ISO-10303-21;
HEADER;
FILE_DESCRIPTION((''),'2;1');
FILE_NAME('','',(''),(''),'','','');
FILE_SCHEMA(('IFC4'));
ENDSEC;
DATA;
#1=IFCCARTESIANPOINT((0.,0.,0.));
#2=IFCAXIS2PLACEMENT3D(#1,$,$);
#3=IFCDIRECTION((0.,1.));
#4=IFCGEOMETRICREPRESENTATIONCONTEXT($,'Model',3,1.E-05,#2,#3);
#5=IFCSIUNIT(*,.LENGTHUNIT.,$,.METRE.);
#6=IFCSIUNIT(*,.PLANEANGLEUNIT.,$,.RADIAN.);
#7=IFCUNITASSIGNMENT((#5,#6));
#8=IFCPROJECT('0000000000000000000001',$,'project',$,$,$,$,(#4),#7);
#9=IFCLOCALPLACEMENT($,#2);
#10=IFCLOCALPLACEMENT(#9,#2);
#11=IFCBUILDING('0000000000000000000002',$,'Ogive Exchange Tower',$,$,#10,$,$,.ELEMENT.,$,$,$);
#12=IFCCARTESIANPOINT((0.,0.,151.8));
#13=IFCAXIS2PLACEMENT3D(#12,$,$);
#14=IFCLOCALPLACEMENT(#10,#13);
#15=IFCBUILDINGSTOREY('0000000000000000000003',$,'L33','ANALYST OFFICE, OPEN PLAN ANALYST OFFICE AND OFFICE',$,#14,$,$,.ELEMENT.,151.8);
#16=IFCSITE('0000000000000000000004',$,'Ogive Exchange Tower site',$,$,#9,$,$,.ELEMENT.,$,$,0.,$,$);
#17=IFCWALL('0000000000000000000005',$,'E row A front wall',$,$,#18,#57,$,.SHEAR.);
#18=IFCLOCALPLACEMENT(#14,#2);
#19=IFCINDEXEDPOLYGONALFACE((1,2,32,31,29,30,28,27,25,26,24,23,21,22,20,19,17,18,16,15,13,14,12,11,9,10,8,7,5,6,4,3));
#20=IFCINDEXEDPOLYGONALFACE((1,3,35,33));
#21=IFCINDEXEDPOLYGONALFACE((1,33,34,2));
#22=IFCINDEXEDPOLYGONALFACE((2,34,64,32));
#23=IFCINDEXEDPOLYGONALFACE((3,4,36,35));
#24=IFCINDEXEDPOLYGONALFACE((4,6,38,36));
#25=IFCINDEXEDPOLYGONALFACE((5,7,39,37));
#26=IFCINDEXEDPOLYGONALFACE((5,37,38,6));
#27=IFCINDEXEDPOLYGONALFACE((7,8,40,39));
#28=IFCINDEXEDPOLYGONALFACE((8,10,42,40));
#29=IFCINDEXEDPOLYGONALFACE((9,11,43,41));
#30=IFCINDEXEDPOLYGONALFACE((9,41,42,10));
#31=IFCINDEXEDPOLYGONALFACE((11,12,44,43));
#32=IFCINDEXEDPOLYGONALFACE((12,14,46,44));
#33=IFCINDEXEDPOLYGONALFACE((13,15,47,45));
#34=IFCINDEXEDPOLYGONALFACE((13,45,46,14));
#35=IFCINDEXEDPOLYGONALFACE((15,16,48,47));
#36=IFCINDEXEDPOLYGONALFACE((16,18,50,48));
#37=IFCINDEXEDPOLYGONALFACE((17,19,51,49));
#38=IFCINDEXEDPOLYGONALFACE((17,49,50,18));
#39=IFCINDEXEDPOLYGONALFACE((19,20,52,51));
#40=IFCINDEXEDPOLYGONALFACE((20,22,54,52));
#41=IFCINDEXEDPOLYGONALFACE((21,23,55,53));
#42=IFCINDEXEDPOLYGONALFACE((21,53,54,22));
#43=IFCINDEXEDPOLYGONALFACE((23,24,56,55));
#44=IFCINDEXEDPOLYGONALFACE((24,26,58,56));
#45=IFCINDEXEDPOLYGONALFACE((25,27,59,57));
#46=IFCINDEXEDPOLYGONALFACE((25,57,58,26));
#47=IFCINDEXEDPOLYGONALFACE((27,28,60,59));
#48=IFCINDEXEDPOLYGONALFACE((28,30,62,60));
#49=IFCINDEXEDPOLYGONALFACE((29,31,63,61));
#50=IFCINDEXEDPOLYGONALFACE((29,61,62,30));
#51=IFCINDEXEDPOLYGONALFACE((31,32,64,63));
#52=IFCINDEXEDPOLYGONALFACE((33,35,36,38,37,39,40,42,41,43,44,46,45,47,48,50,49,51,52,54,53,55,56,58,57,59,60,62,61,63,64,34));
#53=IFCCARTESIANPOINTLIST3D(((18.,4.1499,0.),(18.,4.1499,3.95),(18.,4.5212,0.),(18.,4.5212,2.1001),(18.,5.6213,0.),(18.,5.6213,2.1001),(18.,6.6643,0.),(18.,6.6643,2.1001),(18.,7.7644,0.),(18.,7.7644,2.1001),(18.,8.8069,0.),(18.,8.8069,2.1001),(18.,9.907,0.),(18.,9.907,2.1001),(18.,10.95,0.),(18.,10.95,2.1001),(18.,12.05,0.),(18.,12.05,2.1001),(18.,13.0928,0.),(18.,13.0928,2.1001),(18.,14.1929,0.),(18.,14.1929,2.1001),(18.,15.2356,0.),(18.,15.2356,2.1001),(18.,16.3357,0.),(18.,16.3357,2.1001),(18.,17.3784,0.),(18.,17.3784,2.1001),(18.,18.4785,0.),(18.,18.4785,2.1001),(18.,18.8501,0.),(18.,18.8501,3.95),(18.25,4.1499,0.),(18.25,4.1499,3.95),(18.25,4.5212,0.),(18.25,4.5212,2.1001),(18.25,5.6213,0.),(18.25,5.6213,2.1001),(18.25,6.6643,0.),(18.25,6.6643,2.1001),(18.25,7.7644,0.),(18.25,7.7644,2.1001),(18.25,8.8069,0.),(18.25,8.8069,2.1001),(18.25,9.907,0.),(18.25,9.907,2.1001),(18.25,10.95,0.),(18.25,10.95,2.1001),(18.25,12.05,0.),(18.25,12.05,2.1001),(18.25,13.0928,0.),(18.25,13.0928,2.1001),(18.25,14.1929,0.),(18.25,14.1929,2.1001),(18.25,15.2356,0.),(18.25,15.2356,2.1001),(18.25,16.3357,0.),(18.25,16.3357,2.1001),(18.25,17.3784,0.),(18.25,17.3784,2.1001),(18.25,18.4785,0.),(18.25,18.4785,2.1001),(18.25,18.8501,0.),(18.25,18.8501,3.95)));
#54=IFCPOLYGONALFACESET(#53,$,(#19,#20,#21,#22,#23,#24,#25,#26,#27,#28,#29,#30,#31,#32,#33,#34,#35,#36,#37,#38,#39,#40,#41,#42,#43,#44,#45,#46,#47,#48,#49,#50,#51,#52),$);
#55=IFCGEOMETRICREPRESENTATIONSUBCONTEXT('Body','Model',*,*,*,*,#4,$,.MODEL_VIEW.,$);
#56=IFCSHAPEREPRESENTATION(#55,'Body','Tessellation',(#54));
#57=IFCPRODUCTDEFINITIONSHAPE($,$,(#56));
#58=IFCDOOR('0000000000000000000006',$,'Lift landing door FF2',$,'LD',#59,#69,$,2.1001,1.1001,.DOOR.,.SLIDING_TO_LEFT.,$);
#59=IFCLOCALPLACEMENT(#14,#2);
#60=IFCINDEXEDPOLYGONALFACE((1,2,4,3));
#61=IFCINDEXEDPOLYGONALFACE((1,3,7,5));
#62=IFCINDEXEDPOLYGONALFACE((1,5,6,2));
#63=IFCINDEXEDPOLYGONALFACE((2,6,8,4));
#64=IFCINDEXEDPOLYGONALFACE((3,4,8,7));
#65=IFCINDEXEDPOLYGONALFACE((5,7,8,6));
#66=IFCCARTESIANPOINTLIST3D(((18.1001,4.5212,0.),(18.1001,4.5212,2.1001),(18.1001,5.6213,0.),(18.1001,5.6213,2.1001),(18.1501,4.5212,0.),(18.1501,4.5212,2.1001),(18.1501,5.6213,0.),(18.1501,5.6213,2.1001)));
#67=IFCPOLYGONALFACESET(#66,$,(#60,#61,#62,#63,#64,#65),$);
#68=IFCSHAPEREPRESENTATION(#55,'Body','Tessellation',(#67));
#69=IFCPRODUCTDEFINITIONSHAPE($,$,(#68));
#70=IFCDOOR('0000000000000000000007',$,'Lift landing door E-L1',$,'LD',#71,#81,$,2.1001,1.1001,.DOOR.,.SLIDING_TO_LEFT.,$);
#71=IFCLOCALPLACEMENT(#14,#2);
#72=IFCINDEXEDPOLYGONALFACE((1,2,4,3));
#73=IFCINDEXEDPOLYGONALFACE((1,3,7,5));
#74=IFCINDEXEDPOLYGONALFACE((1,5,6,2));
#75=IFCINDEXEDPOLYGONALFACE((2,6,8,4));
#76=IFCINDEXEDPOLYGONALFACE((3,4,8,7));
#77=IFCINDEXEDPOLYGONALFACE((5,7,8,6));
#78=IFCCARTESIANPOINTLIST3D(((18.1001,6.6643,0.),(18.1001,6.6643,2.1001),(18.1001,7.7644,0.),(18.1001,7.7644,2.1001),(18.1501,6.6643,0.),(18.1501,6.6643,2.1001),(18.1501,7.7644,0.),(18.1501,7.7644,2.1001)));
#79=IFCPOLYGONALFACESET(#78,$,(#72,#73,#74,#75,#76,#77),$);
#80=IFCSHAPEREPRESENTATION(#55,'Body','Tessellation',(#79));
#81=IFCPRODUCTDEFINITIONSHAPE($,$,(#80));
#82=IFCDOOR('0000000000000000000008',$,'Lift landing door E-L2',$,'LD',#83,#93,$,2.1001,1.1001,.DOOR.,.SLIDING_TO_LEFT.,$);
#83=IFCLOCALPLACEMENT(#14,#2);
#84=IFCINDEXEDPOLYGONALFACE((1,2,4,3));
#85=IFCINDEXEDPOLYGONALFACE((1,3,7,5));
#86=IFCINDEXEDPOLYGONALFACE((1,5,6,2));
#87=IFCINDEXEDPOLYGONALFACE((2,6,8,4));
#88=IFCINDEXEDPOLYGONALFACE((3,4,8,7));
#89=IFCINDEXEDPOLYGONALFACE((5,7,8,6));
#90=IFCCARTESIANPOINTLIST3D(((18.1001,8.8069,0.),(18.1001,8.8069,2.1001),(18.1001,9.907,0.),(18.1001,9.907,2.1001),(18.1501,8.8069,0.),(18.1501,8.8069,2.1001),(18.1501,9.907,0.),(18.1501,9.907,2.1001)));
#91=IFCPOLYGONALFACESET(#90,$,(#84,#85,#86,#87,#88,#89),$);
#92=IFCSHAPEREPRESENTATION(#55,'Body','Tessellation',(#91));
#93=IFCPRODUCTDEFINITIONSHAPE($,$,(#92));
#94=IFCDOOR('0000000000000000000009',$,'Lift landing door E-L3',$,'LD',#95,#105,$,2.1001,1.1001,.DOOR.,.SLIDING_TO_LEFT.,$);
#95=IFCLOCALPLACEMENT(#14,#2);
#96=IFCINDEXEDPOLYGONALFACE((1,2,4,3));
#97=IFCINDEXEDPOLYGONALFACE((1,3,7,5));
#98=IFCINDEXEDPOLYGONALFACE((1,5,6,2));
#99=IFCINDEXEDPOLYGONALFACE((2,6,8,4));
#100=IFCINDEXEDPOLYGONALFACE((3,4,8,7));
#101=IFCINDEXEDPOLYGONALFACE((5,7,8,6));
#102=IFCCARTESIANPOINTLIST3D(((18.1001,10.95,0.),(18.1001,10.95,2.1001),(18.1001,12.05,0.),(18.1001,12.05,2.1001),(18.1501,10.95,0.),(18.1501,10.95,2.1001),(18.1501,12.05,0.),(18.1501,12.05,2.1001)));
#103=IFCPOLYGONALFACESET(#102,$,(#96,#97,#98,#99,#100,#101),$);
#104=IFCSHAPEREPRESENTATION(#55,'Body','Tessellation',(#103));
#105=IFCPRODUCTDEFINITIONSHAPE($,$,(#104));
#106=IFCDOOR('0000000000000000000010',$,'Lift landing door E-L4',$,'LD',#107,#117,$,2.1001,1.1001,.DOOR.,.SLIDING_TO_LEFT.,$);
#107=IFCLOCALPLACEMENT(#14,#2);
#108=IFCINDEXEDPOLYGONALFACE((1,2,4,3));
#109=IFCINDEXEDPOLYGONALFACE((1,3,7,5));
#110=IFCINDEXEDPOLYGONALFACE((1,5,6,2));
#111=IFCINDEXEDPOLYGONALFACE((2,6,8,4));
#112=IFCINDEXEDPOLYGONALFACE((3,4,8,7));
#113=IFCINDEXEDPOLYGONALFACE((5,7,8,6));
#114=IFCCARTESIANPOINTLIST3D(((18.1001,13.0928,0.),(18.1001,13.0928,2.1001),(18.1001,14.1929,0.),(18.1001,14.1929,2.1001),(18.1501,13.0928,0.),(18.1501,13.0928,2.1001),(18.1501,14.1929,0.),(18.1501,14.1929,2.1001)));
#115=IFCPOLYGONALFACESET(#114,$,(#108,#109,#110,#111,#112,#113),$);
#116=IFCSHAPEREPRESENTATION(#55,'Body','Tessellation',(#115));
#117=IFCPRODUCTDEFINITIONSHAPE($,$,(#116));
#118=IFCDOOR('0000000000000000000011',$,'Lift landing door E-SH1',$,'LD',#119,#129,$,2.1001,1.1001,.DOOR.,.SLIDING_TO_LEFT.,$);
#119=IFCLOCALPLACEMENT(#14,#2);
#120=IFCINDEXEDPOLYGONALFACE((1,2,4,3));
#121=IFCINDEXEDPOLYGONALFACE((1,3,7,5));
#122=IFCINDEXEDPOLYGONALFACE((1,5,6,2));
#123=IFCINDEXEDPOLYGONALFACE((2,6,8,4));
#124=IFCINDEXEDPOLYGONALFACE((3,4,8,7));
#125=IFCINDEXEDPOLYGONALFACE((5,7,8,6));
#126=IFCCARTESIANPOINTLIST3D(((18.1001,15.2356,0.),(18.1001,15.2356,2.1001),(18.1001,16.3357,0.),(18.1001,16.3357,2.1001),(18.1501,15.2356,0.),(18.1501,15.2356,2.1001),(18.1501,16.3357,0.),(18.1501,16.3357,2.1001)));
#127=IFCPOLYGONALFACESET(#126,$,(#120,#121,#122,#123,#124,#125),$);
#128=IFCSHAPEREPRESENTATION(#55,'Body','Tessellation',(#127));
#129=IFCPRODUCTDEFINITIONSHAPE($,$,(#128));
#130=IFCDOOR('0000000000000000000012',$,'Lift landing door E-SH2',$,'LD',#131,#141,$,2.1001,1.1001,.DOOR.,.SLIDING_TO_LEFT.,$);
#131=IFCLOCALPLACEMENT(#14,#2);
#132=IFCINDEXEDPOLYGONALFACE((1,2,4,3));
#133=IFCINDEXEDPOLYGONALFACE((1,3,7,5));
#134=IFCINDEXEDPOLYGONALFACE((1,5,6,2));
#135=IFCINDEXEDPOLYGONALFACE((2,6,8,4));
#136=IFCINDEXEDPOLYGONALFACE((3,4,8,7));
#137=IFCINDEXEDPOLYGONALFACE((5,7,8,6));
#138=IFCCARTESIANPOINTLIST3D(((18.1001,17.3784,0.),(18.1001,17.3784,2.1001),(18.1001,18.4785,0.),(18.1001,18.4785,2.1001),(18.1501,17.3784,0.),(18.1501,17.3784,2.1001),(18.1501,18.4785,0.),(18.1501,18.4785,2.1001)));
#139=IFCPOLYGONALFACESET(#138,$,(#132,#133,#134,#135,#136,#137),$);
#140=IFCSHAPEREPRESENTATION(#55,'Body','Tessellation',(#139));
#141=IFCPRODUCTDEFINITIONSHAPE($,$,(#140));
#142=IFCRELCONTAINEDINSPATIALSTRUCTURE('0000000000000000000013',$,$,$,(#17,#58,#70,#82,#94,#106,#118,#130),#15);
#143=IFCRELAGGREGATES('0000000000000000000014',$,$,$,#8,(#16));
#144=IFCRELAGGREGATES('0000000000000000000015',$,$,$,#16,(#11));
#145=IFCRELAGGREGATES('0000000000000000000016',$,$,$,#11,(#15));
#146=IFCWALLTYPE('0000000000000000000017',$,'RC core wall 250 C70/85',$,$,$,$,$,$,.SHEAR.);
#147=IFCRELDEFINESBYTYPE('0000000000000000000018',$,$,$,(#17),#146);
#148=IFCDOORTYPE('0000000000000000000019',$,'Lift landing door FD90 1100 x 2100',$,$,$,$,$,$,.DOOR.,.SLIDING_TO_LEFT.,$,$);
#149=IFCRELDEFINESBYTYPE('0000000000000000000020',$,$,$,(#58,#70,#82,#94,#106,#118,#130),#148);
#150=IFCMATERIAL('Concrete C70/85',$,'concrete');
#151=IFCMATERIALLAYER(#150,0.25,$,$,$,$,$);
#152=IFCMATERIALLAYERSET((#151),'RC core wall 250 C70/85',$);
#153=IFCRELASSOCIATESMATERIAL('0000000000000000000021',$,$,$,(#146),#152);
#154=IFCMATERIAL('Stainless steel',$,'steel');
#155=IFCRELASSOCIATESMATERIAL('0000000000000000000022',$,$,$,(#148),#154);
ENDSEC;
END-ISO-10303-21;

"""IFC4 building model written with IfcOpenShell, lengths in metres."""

from ifc_helpers import new_model, si_unit, direction, frame, frame_2d, origin, place, context, subcontext, project, spatial, rectangle, extrude, material, layer, layer_set, type_object, element, fill, save


model = new_model("IFC4")

# Units and contexts
model_context = context("Model", 3, precision=1e-05, world=origin(), true_north=direction((0.0, 1.0)))
body_context = subcontext(model_context, "Body", "Model", "MODEL_VIEW")
ifc_project = project(units=[si_unit("LENGTHUNIT", "METRE"), si_unit("PLANEANGLEUNIT", "RADIAN")], contexts=[model_context])

# Site, building, storey
site_placement = place(None, origin())
site = spatial("IfcSite", under=ifc_project, at=site_placement, Name="Ogive Exchange Tower site", CompositionType="ELEMENT", RefElevation=0.0)
building_placement = place(site_placement, origin())
building = spatial("IfcBuilding", under=site, at=building_placement, Name="Ogive Exchange Tower", CompositionType="ELEMENT")
storey_placement = place(building_placement, frame((0.0, 0.0, 151.8)))
storey = spatial("IfcBuildingStorey", under=building, at=storey_placement, Name="L33", Description="ANALYST OFFICE, OPEN PLAN ANALYST OFFICE AND OFFICE", CompositionType="ELEMENT", Elevation=151.8)

# Shared definitions
ifc_material_1 = material(Name="Concrete C70/85", Category="concrete")
ifc_layer_1 = layer(ifc_material_1, 0.25)
ifc_layer_set_1 = layer_set([ifc_layer_1], Name="RC core wall 250 C70/85")
wall_type_1 = type_object("IfcWallType", Name="RC core wall 250 C70/85", PredefinedType="SHEAR", material=ifc_layer_set_1)

# Wall, openings, doors
wall_1_placement = place(storey_placement, frame((18.125, 4.1499, 0.0), z_axis=(0.0, 0.0, 1.0), x_axis=(0.0, 1.0, 0.0)))
wall_1 = element("IfcWall", 1, at=wall_1_placement, inside=storey, type_object=wall_type_1, Name="E row A front wall", PredefinedType="SHEAR", context=body_context, shape_type="SweptSolid", body=[
    extrude(rectangle(XDim=14.7002, YDim=0.25, at=frame_2d((7.3501, 0.0))), origin(), (0.0, 0.0, 1.0), 3.95),
])
opening_1_placement = place(wall_1_placement, frame((0.3713, 0.0, 0.0)))
opening_1 = element("IfcOpeningElement", 2, at=opening_1_placement, cuts=wall_1, PredefinedType="OPENING", context=body_context, shape_type="SweptSolid", body=[
    extrude(rectangle(XDim=1.1001, YDim=2.1001, at=frame_2d((0.55, 1.05))), frame((0.0, 0.135, 0.0), z_axis=(0.0, -1.0, 0.0), x_axis=(1.0, 0.0, 0.0)), (0.0, 0.0, 1.0), 0.27),
])
opening_2_placement = place(wall_1_placement, frame((2.5144, 0.0, 0.0)))
opening_2 = element("IfcOpeningElement", 3, at=opening_2_placement, cuts=wall_1, PredefinedType="OPENING", context=body_context, shape_type="SweptSolid", body=[
    extrude(rectangle(XDim=1.1001, YDim=2.1001, at=frame_2d((0.55, 1.05))), frame((0.0, 0.135, 0.0), z_axis=(0.0, -1.0, 0.0), x_axis=(1.0, 0.0, 0.0)), (0.0, 0.0, 1.0), 0.27),
])
opening_3_placement = place(wall_1_placement, frame((4.657, 0.0, 0.0)))
opening_3 = element("IfcOpeningElement", 4, at=opening_3_placement, cuts=wall_1, PredefinedType="OPENING", context=body_context, shape_type="SweptSolid", body=[
    extrude(rectangle(XDim=1.1001, YDim=2.1001, at=frame_2d((0.55, 1.05))), frame((0.0, 0.135, 0.0), z_axis=(0.0, -1.0, 0.0), x_axis=(1.0, 0.0, 0.0)), (0.0, 0.0, 1.0), 0.27),
])
opening_4_placement = place(wall_1_placement, frame((6.8, 0.0, 0.0)))
opening_4 = element("IfcOpeningElement", 5, at=opening_4_placement, cuts=wall_1, PredefinedType="OPENING", context=body_context, shape_type="SweptSolid", body=[
    extrude(rectangle(XDim=1.1001, YDim=2.1001, at=frame_2d((0.55, 1.05))), frame((0.0, 0.135, 0.0), z_axis=(0.0, -1.0, 0.0), x_axis=(1.0, 0.0, 0.0)), (0.0, 0.0, 1.0), 0.27),
])
opening_5_placement = place(wall_1_placement, frame((8.9429, 0.0, 0.0)))
opening_5 = element("IfcOpeningElement", 6, at=opening_5_placement, cuts=wall_1, PredefinedType="OPENING", context=body_context, shape_type="SweptSolid", body=[
    extrude(rectangle(XDim=1.1001, YDim=2.1001, at=frame_2d((0.55, 1.05))), frame((0.0, 0.135, 0.0), z_axis=(0.0, -1.0, 0.0), x_axis=(1.0, 0.0, 0.0)), (0.0, 0.0, 1.0), 0.27),
])
opening_6_placement = place(wall_1_placement, frame((11.0857, 0.0, 0.0)))
opening_6 = element("IfcOpeningElement", 7, at=opening_6_placement, cuts=wall_1, PredefinedType="OPENING", context=body_context, shape_type="SweptSolid", body=[
    extrude(rectangle(XDim=1.1001, YDim=2.1001, at=frame_2d((0.55, 1.05))), frame((0.0, 0.135, 0.0), z_axis=(0.0, -1.0, 0.0), x_axis=(1.0, 0.0, 0.0)), (0.0, 0.0, 1.0), 0.27),
])
opening_7_placement = place(wall_1_placement, frame((13.2285, 0.0, 0.0)))
opening_7 = element("IfcOpeningElement", 8, at=opening_7_placement, cuts=wall_1, PredefinedType="OPENING", context=body_context, shape_type="SweptSolid", body=[
    extrude(rectangle(XDim=1.1001, YDim=2.1001, at=frame_2d((0.55, 1.05))), frame((0.0, 0.135, 0.0), z_axis=(0.0, -1.0, 0.0), x_axis=(1.0, 0.0, 0.0)), (0.0, 0.0, 1.0), 0.27),
])
ifc_material_2 = material(Name="Stainless steel", Category="steel")
door_type_1 = type_object("IfcDoorType", Name="Lift landing door FD90 1100 x 2100", OperationType="SLIDING_TO_LEFT", PredefinedType="DOOR", material=ifc_material_2)
door_1_placement = place(opening_1_placement, origin())
door_1 = element("IfcDoor", 9, at=door_1_placement, inside=storey, type_object=door_type_1, Name="Lift landing door FF2", ObjectType="LD", OperationType="SLIDING_TO_LEFT", OverallHeight=2.1001, OverallWidth=1.1001, PredefinedType="DOOR", context=body_context, shape_type="SweptSolid", body=[
    extrude(rectangle(XDim=1.1001, YDim=2.1001, at=frame_2d((0.55, 1.05))), frame((0.0, 0.0249, 0.0), z_axis=(0.0, -1.0, 0.0), x_axis=(1.0, 0.0, 0.0)), (0.0, 0.0, 1.0), 0.05),
])
fill(opening_1, door_1)
door_2_placement = place(opening_2_placement, origin())
door_2 = element("IfcDoor", 10, at=door_2_placement, inside=storey, type_object=door_type_1, Name="Lift landing door E-L1", ObjectType="LD", OperationType="SLIDING_TO_LEFT", OverallHeight=2.1001, OverallWidth=1.1001, PredefinedType="DOOR", context=body_context, shape_type="SweptSolid", body=[
    extrude(rectangle(XDim=1.1001, YDim=2.1001, at=frame_2d((0.55, 1.05))), frame((0.0, 0.0249, 0.0), z_axis=(0.0, -1.0, 0.0), x_axis=(1.0, 0.0, 0.0)), (0.0, 0.0, 1.0), 0.05),
])
fill(opening_2, door_2)
door_3_placement = place(opening_3_placement, origin())
door_3 = element("IfcDoor", 11, at=door_3_placement, inside=storey, type_object=door_type_1, Name="Lift landing door E-L2", ObjectType="LD", OperationType="SLIDING_TO_LEFT", OverallHeight=2.1001, OverallWidth=1.1001, PredefinedType="DOOR", context=body_context, shape_type="SweptSolid", body=[
    extrude(rectangle(XDim=1.1001, YDim=2.1001, at=frame_2d((0.55, 1.05))), frame((0.0, 0.0249, 0.0), z_axis=(0.0, -1.0, 0.0), x_axis=(1.0, 0.0, 0.0)), (0.0, 0.0, 1.0), 0.05),
])
fill(opening_3, door_3)
door_4_placement = place(opening_4_placement, origin())
door_4 = element("IfcDoor", 12, at=door_4_placement, inside=storey, type_object=door_type_1, Name="Lift landing door E-L3", ObjectType="LD", OperationType="SLIDING_TO_LEFT", OverallHeight=2.1001, OverallWidth=1.1001, PredefinedType="DOOR", context=body_context, shape_type="SweptSolid", body=[
    extrude(rectangle(XDim=1.1001, YDim=2.1001, at=frame_2d((0.55, 1.05))), frame((0.0, 0.0249, 0.0), z_axis=(0.0, -1.0, 0.0), x_axis=(1.0, 0.0, 0.0)), (0.0, 0.0, 1.0), 0.05),
])
fill(opening_4, door_4)
door_5_placement = place(opening_5_placement, origin())
door_5 = element("IfcDoor", 13, at=door_5_placement, inside=storey, type_object=door_type_1, Name="Lift landing door E-L4", ObjectType="LD", OperationType="SLIDING_TO_LEFT", OverallHeight=2.1001, OverallWidth=1.1001, PredefinedType="DOOR", context=body_context, shape_type="SweptSolid", body=[
    extrude(rectangle(XDim=1.1001, YDim=2.1001, at=frame_2d((0.55, 1.05))), frame((0.0, 0.0249, 0.0), z_axis=(0.0, -1.0, 0.0), x_axis=(1.0, 0.0, 0.0)), (0.0, 0.0, 1.0), 0.05),
])
fill(opening_5, door_5)
door_6_placement = place(opening_6_placement, origin())
door_6 = element("IfcDoor", 14, at=door_6_placement, inside=storey, type_object=door_type_1, Name="Lift landing door E-SH1", ObjectType="LD", OperationType="SLIDING_TO_LEFT", OverallHeight=2.1001, OverallWidth=1.1001, PredefinedType="DOOR", context=body_context, shape_type="SweptSolid", body=[
    extrude(rectangle(XDim=1.1001, YDim=2.1001, at=frame_2d((0.55, 1.05))), frame((0.0, 0.0249, 0.0), z_axis=(0.0, -1.0, 0.0), x_axis=(1.0, 0.0, 0.0)), (0.0, 0.0, 1.0), 0.05),
])
fill(opening_6, door_6)
door_7_placement = place(opening_7_placement, origin())
door_7 = element("IfcDoor", 15, at=door_7_placement, inside=storey, type_object=door_type_1, Name="Lift landing door E-SH2", ObjectType="LD", OperationType="SLIDING_TO_LEFT", OverallHeight=2.1001, OverallWidth=1.1001, PredefinedType="DOOR", context=body_context, shape_type="SweptSolid", body=[
    extrude(rectangle(XDim=1.1001, YDim=2.1001, at=frame_2d((0.55, 1.05))), frame((0.0, 0.0249, 0.0), z_axis=(0.0, -1.0, 0.0), x_axis=(1.0, 0.0, 0.0)), (0.0, 0.0, 1.0), 0.05),
])
fill(opening_7, door_7)

save(model, "model.ifc")
